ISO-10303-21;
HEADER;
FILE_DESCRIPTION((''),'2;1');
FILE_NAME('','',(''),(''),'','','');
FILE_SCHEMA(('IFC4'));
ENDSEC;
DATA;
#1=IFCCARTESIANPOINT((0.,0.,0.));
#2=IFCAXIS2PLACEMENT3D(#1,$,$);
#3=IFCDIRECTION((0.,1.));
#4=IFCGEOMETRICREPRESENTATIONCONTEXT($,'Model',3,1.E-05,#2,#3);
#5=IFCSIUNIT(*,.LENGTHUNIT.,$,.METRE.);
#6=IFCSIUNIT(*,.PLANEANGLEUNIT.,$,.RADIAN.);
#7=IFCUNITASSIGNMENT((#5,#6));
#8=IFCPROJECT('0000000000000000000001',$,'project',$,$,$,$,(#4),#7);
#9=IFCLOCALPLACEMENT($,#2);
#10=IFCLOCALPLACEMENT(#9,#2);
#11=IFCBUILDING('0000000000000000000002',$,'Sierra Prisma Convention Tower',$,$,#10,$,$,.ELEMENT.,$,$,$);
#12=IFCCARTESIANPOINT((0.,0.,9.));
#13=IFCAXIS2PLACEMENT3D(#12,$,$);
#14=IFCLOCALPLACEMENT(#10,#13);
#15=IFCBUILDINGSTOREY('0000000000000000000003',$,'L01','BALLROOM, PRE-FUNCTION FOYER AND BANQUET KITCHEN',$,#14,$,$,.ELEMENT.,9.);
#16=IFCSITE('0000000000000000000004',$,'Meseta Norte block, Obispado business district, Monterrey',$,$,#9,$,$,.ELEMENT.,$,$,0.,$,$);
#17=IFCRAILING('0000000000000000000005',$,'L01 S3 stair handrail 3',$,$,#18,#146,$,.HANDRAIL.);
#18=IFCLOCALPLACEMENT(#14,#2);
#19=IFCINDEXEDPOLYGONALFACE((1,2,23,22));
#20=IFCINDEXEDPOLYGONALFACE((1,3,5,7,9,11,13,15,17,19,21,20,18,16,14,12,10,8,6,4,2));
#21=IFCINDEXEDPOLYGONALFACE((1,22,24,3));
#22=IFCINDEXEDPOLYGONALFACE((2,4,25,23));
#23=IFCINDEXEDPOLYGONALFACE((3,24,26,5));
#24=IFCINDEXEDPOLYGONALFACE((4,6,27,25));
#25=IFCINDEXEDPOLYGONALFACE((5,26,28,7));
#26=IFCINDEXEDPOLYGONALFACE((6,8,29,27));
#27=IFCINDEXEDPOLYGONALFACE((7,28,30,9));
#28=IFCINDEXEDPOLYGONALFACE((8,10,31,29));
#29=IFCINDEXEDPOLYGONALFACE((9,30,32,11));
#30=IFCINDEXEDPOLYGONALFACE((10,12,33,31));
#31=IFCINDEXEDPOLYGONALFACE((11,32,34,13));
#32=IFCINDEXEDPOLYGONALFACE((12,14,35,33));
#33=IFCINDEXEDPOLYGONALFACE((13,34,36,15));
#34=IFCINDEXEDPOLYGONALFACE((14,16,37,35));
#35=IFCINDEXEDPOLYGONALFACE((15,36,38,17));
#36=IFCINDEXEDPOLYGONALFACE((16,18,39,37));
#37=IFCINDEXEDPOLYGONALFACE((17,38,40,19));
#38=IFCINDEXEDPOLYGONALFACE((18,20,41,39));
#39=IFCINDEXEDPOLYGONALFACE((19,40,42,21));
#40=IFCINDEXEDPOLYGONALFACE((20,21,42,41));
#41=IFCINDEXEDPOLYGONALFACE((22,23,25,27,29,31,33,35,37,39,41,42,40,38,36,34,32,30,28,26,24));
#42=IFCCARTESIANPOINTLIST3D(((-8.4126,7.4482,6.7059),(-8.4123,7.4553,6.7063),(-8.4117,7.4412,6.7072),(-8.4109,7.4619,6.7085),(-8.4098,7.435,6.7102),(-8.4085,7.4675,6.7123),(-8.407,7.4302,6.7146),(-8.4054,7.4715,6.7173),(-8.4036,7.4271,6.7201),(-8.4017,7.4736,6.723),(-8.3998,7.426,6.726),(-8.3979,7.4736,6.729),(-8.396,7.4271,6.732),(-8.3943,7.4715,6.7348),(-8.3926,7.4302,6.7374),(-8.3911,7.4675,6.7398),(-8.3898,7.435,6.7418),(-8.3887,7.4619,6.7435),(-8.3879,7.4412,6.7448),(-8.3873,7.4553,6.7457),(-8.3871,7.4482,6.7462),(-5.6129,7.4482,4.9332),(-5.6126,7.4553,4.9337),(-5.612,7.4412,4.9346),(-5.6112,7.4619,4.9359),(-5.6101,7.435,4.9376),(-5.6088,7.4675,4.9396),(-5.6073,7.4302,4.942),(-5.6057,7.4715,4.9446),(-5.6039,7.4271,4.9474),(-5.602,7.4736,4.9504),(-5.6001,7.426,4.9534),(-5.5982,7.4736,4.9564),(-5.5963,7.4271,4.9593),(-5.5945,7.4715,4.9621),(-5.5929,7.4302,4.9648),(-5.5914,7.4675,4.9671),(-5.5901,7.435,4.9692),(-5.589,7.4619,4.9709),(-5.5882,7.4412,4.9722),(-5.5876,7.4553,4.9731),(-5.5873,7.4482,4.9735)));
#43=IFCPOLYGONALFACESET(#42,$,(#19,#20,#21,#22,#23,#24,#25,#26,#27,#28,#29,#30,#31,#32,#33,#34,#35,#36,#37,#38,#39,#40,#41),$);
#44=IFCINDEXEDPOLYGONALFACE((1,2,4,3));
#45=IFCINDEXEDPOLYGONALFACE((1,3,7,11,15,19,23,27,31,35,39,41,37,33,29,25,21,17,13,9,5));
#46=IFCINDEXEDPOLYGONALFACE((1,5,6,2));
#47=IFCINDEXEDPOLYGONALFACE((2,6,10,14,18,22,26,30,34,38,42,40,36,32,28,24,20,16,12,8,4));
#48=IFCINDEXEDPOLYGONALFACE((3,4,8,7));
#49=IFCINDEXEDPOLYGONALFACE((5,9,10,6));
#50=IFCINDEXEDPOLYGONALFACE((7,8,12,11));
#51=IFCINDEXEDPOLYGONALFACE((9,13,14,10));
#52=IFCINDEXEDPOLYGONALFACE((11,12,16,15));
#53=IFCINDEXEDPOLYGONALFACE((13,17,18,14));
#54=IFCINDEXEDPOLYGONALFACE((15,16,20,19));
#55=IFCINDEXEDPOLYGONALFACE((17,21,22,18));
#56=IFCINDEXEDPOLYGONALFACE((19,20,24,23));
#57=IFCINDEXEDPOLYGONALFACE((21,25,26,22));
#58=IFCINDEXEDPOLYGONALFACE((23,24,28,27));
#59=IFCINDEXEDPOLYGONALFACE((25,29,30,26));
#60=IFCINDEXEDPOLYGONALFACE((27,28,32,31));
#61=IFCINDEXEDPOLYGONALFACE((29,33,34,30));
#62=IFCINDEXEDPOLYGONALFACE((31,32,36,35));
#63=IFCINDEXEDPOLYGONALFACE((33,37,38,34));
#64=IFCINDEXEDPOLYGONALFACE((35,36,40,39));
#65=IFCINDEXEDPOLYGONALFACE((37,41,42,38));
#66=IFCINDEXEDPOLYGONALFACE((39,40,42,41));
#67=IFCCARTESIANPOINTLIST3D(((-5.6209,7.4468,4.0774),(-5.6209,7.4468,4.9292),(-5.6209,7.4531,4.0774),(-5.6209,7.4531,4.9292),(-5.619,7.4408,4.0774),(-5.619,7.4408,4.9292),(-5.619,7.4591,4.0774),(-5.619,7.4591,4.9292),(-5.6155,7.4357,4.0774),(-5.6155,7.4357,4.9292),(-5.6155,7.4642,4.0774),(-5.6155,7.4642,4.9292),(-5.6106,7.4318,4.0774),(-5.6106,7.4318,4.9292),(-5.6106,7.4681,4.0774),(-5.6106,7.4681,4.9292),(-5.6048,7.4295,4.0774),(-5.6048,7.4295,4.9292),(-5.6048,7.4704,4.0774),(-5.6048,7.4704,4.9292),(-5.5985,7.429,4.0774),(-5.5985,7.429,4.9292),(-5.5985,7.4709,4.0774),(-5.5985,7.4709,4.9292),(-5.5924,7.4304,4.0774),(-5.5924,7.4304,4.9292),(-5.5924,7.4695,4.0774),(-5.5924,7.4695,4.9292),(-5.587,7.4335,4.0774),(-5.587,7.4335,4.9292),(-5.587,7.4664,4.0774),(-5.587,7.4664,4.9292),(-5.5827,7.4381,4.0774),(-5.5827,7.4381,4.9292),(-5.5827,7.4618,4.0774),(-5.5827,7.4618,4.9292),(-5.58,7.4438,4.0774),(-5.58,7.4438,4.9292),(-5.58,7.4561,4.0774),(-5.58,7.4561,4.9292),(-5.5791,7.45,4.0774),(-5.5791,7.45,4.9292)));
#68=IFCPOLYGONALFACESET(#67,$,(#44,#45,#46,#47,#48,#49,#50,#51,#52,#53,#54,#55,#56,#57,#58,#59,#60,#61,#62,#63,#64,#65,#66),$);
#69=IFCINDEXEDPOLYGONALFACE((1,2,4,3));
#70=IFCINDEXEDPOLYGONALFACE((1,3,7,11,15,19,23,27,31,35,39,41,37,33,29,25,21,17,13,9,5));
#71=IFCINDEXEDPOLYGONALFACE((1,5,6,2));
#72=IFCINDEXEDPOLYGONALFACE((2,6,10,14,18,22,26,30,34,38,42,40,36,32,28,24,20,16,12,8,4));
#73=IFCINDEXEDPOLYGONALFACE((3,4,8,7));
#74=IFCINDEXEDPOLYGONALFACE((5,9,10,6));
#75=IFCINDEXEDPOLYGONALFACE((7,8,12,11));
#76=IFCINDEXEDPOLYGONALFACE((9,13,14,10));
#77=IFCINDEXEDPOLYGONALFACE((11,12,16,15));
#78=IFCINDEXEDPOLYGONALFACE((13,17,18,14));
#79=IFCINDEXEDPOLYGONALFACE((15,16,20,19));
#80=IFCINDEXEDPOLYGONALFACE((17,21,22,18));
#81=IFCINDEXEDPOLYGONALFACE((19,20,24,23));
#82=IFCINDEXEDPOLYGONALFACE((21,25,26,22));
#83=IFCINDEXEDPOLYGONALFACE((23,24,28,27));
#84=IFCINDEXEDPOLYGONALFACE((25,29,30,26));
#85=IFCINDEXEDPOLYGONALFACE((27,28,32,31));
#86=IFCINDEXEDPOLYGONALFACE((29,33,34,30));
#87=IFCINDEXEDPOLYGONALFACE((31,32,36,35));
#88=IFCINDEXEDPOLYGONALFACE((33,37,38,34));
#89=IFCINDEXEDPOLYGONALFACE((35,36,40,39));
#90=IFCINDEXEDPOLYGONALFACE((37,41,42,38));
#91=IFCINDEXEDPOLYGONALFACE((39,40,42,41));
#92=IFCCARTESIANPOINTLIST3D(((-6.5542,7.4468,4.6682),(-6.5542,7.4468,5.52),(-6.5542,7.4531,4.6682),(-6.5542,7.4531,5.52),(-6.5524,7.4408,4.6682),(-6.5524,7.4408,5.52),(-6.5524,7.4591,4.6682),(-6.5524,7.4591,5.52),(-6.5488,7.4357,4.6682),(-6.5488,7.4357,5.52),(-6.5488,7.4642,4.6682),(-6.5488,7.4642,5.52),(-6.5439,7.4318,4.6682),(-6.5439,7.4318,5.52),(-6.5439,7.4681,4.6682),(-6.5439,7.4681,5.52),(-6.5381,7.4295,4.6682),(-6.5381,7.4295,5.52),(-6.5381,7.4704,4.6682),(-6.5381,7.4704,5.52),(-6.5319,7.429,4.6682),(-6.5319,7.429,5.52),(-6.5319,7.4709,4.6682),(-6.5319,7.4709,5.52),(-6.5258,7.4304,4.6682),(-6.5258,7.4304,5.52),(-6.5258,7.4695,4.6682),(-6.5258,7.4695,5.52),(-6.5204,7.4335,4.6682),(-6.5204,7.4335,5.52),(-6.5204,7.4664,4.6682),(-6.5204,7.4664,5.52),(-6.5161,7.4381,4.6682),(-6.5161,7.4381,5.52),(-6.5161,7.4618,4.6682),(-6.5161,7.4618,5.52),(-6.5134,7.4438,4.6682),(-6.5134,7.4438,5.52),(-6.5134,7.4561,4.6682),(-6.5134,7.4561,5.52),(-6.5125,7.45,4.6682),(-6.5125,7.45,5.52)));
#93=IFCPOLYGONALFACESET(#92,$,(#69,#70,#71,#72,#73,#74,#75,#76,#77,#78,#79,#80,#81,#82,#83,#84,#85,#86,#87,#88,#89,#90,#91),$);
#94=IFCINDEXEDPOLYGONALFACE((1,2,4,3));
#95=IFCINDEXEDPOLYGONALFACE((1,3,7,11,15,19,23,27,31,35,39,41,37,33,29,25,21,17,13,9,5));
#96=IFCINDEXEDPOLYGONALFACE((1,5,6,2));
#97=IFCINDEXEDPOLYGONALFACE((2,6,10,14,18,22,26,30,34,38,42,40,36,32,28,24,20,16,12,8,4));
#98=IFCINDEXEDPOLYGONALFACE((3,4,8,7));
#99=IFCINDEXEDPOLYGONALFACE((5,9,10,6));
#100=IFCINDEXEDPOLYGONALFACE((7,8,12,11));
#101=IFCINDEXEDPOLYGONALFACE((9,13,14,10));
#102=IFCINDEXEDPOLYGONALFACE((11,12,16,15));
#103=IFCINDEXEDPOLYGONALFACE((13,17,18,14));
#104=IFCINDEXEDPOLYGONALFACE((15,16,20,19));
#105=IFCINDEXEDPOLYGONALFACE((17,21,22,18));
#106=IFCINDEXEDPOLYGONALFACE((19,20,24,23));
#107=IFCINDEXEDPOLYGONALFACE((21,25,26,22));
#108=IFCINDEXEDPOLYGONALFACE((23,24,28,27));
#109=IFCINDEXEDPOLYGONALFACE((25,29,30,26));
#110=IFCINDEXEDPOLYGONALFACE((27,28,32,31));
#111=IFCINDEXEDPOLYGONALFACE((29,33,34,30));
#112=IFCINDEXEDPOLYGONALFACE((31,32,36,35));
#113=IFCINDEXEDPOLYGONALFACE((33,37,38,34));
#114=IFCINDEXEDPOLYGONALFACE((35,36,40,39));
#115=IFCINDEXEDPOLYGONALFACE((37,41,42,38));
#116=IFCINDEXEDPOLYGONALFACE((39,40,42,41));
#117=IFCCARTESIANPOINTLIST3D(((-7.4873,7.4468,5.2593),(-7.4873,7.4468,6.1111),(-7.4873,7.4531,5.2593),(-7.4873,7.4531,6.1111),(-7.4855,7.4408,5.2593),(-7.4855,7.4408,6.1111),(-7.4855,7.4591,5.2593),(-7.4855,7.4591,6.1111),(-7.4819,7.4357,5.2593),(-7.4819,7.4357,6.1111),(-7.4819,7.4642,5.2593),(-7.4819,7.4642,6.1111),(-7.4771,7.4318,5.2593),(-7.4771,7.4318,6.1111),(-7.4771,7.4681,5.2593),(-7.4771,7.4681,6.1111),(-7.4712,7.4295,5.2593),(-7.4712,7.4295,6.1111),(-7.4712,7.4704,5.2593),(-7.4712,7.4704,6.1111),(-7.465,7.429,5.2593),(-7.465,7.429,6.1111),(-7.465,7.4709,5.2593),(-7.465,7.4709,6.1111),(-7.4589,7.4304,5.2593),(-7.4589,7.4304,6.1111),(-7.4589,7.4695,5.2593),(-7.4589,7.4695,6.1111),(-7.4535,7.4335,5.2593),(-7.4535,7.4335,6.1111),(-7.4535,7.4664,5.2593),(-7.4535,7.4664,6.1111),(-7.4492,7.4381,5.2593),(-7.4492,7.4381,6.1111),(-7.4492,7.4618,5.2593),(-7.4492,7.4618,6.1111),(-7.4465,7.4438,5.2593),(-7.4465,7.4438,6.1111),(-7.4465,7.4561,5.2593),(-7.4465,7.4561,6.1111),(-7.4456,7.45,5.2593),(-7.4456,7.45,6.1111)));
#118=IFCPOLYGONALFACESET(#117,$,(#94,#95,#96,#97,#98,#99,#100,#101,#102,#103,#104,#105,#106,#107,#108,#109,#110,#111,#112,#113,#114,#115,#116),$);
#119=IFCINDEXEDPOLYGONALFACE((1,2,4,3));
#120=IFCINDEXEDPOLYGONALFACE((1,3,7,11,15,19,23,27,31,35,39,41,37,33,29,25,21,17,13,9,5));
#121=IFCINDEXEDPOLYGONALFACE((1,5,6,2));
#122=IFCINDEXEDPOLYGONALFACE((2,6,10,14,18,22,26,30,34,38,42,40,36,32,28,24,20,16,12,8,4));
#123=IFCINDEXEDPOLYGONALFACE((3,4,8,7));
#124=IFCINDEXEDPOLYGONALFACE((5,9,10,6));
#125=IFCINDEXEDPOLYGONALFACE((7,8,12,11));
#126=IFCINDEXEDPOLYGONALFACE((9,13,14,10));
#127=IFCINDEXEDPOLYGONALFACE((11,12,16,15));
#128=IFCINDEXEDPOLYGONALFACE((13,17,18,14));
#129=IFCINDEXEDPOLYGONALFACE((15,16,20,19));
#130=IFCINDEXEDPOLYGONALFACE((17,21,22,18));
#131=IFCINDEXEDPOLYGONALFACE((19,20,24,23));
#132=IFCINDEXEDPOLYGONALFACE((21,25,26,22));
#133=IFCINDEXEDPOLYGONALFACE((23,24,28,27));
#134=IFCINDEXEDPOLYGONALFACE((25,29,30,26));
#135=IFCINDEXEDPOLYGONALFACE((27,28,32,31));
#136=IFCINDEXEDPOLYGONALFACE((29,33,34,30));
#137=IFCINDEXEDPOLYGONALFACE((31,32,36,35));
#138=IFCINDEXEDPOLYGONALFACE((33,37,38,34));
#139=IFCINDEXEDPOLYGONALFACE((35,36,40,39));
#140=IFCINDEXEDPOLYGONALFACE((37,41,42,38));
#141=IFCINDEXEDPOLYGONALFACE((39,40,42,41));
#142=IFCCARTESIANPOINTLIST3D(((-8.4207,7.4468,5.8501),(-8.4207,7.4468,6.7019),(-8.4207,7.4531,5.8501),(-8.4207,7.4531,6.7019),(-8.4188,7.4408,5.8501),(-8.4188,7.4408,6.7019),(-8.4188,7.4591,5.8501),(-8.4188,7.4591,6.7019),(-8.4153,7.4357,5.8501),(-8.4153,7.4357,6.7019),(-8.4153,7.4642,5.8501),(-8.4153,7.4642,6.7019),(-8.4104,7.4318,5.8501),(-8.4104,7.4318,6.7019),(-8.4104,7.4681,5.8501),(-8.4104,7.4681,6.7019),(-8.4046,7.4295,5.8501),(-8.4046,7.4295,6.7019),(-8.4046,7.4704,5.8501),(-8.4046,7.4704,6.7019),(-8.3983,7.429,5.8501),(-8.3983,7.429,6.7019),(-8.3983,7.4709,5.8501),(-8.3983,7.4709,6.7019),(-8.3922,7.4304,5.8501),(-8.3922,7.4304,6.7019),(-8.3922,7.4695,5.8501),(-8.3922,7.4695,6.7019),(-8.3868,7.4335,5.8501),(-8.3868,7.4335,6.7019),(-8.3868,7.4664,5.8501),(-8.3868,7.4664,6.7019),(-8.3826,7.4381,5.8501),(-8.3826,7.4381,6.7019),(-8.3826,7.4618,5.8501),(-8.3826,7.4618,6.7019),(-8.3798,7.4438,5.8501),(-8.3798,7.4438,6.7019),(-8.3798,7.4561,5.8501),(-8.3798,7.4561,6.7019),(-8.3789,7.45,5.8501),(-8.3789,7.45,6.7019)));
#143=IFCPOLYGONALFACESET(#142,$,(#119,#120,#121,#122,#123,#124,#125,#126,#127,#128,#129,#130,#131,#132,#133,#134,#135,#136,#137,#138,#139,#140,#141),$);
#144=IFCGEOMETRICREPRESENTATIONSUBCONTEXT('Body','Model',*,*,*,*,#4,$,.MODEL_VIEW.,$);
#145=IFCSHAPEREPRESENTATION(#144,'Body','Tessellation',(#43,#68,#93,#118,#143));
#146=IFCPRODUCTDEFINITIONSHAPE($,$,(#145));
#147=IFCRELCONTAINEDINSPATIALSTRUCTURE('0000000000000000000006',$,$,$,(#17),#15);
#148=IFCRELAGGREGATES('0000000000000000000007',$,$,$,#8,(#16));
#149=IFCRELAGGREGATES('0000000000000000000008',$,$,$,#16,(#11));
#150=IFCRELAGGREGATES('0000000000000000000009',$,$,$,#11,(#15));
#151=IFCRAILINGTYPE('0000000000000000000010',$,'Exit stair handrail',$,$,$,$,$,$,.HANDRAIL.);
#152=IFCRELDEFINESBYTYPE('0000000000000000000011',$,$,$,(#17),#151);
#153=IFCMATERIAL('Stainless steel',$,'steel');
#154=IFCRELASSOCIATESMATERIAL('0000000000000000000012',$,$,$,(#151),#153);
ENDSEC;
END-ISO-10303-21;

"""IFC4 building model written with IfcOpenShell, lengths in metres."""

from ifc_helpers import new_model, si_unit, direction, frame, origin, origin_2d, place, context, subcontext, project, spatial, circle, extrude, material, type_object, element, save


model = new_model("IFC4")

# Units and contexts
model_context = context("Model", 3, precision=1e-05, world=origin(), true_north=direction((0.0, 1.0)))
body_context = subcontext(model_context, "Body", "Model", "MODEL_VIEW")
ifc_project = project(units=[si_unit("LENGTHUNIT", "METRE"), si_unit("PLANEANGLEUNIT", "RADIAN")], contexts=[model_context])

# Site, building, storey
site_placement = place(None, origin())
site = spatial("IfcSite", under=ifc_project, at=site_placement, Name="Meseta Norte block, Obispado business district, Monterrey", CompositionType="ELEMENT", RefElevation=0.0)
building_placement = place(site_placement, origin())
building = spatial("IfcBuilding", under=site, at=building_placement, Name="Sierra Prisma Convention Tower", CompositionType="ELEMENT")
storey_placement = place(building_placement, frame((0.0, 0.0, 9.0)))
storey = spatial("IfcBuildingStorey", under=building, at=storey_placement, Name="L01", Description="BALLROOM, PRE-FUNCTION FOYER AND BANQUET KITCHEN", CompositionType="ELEMENT", Elevation=9.0)

# Railing
ifc_material_1 = material(Name="Stainless steel", Category="steel")
railing_type_1 = type_object("IfcRailingType", Name="Exit stair handrail", PredefinedType="HANDRAIL", material=ifc_material_1)
for number, where, name in (
    (1, (-5.6001, 7.45, 4.0774), "L01 S3 stair handrail 3"),
):
    element("IfcRailing", number, at=place(storey_placement, frame(where)), inside=storey, type_object=railing_type_1, Name=name, PredefinedType="HANDRAIL", context=body_context, shape_type="SweptSolid", body=[
        extrude(circle(Radius=0.0239, at=origin_2d()), frame((0.0, 0.0, 0.876), z_axis=(-0.844888, 0.0, 0.534943), x_axis=(0.0, -1.0, 0.0)), (0.0, 0.0, 1.0), 3.3137),
        extrude(circle(Radius=0.021, at=origin_2d()), origin(), (0.0, 0.0, 1.0), 0.8518),
        extrude(circle(Radius=0.021, at=origin_2d()), frame((-0.9333, 0.0, 0.5908)), (0.0, 0.0, 1.0), 0.8518),
        extrude(circle(Radius=0.021, at=origin_2d()), frame((-1.8665, 0.0, 1.1819)), (0.0, 0.0, 1.0), 0.8518),
        extrude(circle(Radius=0.021, at=origin_2d()), frame((-2.7998, 0.0, 1.7727)), (0.0, 0.0, 1.0), 0.8518),
    ])

save(model, "model.ifc")
